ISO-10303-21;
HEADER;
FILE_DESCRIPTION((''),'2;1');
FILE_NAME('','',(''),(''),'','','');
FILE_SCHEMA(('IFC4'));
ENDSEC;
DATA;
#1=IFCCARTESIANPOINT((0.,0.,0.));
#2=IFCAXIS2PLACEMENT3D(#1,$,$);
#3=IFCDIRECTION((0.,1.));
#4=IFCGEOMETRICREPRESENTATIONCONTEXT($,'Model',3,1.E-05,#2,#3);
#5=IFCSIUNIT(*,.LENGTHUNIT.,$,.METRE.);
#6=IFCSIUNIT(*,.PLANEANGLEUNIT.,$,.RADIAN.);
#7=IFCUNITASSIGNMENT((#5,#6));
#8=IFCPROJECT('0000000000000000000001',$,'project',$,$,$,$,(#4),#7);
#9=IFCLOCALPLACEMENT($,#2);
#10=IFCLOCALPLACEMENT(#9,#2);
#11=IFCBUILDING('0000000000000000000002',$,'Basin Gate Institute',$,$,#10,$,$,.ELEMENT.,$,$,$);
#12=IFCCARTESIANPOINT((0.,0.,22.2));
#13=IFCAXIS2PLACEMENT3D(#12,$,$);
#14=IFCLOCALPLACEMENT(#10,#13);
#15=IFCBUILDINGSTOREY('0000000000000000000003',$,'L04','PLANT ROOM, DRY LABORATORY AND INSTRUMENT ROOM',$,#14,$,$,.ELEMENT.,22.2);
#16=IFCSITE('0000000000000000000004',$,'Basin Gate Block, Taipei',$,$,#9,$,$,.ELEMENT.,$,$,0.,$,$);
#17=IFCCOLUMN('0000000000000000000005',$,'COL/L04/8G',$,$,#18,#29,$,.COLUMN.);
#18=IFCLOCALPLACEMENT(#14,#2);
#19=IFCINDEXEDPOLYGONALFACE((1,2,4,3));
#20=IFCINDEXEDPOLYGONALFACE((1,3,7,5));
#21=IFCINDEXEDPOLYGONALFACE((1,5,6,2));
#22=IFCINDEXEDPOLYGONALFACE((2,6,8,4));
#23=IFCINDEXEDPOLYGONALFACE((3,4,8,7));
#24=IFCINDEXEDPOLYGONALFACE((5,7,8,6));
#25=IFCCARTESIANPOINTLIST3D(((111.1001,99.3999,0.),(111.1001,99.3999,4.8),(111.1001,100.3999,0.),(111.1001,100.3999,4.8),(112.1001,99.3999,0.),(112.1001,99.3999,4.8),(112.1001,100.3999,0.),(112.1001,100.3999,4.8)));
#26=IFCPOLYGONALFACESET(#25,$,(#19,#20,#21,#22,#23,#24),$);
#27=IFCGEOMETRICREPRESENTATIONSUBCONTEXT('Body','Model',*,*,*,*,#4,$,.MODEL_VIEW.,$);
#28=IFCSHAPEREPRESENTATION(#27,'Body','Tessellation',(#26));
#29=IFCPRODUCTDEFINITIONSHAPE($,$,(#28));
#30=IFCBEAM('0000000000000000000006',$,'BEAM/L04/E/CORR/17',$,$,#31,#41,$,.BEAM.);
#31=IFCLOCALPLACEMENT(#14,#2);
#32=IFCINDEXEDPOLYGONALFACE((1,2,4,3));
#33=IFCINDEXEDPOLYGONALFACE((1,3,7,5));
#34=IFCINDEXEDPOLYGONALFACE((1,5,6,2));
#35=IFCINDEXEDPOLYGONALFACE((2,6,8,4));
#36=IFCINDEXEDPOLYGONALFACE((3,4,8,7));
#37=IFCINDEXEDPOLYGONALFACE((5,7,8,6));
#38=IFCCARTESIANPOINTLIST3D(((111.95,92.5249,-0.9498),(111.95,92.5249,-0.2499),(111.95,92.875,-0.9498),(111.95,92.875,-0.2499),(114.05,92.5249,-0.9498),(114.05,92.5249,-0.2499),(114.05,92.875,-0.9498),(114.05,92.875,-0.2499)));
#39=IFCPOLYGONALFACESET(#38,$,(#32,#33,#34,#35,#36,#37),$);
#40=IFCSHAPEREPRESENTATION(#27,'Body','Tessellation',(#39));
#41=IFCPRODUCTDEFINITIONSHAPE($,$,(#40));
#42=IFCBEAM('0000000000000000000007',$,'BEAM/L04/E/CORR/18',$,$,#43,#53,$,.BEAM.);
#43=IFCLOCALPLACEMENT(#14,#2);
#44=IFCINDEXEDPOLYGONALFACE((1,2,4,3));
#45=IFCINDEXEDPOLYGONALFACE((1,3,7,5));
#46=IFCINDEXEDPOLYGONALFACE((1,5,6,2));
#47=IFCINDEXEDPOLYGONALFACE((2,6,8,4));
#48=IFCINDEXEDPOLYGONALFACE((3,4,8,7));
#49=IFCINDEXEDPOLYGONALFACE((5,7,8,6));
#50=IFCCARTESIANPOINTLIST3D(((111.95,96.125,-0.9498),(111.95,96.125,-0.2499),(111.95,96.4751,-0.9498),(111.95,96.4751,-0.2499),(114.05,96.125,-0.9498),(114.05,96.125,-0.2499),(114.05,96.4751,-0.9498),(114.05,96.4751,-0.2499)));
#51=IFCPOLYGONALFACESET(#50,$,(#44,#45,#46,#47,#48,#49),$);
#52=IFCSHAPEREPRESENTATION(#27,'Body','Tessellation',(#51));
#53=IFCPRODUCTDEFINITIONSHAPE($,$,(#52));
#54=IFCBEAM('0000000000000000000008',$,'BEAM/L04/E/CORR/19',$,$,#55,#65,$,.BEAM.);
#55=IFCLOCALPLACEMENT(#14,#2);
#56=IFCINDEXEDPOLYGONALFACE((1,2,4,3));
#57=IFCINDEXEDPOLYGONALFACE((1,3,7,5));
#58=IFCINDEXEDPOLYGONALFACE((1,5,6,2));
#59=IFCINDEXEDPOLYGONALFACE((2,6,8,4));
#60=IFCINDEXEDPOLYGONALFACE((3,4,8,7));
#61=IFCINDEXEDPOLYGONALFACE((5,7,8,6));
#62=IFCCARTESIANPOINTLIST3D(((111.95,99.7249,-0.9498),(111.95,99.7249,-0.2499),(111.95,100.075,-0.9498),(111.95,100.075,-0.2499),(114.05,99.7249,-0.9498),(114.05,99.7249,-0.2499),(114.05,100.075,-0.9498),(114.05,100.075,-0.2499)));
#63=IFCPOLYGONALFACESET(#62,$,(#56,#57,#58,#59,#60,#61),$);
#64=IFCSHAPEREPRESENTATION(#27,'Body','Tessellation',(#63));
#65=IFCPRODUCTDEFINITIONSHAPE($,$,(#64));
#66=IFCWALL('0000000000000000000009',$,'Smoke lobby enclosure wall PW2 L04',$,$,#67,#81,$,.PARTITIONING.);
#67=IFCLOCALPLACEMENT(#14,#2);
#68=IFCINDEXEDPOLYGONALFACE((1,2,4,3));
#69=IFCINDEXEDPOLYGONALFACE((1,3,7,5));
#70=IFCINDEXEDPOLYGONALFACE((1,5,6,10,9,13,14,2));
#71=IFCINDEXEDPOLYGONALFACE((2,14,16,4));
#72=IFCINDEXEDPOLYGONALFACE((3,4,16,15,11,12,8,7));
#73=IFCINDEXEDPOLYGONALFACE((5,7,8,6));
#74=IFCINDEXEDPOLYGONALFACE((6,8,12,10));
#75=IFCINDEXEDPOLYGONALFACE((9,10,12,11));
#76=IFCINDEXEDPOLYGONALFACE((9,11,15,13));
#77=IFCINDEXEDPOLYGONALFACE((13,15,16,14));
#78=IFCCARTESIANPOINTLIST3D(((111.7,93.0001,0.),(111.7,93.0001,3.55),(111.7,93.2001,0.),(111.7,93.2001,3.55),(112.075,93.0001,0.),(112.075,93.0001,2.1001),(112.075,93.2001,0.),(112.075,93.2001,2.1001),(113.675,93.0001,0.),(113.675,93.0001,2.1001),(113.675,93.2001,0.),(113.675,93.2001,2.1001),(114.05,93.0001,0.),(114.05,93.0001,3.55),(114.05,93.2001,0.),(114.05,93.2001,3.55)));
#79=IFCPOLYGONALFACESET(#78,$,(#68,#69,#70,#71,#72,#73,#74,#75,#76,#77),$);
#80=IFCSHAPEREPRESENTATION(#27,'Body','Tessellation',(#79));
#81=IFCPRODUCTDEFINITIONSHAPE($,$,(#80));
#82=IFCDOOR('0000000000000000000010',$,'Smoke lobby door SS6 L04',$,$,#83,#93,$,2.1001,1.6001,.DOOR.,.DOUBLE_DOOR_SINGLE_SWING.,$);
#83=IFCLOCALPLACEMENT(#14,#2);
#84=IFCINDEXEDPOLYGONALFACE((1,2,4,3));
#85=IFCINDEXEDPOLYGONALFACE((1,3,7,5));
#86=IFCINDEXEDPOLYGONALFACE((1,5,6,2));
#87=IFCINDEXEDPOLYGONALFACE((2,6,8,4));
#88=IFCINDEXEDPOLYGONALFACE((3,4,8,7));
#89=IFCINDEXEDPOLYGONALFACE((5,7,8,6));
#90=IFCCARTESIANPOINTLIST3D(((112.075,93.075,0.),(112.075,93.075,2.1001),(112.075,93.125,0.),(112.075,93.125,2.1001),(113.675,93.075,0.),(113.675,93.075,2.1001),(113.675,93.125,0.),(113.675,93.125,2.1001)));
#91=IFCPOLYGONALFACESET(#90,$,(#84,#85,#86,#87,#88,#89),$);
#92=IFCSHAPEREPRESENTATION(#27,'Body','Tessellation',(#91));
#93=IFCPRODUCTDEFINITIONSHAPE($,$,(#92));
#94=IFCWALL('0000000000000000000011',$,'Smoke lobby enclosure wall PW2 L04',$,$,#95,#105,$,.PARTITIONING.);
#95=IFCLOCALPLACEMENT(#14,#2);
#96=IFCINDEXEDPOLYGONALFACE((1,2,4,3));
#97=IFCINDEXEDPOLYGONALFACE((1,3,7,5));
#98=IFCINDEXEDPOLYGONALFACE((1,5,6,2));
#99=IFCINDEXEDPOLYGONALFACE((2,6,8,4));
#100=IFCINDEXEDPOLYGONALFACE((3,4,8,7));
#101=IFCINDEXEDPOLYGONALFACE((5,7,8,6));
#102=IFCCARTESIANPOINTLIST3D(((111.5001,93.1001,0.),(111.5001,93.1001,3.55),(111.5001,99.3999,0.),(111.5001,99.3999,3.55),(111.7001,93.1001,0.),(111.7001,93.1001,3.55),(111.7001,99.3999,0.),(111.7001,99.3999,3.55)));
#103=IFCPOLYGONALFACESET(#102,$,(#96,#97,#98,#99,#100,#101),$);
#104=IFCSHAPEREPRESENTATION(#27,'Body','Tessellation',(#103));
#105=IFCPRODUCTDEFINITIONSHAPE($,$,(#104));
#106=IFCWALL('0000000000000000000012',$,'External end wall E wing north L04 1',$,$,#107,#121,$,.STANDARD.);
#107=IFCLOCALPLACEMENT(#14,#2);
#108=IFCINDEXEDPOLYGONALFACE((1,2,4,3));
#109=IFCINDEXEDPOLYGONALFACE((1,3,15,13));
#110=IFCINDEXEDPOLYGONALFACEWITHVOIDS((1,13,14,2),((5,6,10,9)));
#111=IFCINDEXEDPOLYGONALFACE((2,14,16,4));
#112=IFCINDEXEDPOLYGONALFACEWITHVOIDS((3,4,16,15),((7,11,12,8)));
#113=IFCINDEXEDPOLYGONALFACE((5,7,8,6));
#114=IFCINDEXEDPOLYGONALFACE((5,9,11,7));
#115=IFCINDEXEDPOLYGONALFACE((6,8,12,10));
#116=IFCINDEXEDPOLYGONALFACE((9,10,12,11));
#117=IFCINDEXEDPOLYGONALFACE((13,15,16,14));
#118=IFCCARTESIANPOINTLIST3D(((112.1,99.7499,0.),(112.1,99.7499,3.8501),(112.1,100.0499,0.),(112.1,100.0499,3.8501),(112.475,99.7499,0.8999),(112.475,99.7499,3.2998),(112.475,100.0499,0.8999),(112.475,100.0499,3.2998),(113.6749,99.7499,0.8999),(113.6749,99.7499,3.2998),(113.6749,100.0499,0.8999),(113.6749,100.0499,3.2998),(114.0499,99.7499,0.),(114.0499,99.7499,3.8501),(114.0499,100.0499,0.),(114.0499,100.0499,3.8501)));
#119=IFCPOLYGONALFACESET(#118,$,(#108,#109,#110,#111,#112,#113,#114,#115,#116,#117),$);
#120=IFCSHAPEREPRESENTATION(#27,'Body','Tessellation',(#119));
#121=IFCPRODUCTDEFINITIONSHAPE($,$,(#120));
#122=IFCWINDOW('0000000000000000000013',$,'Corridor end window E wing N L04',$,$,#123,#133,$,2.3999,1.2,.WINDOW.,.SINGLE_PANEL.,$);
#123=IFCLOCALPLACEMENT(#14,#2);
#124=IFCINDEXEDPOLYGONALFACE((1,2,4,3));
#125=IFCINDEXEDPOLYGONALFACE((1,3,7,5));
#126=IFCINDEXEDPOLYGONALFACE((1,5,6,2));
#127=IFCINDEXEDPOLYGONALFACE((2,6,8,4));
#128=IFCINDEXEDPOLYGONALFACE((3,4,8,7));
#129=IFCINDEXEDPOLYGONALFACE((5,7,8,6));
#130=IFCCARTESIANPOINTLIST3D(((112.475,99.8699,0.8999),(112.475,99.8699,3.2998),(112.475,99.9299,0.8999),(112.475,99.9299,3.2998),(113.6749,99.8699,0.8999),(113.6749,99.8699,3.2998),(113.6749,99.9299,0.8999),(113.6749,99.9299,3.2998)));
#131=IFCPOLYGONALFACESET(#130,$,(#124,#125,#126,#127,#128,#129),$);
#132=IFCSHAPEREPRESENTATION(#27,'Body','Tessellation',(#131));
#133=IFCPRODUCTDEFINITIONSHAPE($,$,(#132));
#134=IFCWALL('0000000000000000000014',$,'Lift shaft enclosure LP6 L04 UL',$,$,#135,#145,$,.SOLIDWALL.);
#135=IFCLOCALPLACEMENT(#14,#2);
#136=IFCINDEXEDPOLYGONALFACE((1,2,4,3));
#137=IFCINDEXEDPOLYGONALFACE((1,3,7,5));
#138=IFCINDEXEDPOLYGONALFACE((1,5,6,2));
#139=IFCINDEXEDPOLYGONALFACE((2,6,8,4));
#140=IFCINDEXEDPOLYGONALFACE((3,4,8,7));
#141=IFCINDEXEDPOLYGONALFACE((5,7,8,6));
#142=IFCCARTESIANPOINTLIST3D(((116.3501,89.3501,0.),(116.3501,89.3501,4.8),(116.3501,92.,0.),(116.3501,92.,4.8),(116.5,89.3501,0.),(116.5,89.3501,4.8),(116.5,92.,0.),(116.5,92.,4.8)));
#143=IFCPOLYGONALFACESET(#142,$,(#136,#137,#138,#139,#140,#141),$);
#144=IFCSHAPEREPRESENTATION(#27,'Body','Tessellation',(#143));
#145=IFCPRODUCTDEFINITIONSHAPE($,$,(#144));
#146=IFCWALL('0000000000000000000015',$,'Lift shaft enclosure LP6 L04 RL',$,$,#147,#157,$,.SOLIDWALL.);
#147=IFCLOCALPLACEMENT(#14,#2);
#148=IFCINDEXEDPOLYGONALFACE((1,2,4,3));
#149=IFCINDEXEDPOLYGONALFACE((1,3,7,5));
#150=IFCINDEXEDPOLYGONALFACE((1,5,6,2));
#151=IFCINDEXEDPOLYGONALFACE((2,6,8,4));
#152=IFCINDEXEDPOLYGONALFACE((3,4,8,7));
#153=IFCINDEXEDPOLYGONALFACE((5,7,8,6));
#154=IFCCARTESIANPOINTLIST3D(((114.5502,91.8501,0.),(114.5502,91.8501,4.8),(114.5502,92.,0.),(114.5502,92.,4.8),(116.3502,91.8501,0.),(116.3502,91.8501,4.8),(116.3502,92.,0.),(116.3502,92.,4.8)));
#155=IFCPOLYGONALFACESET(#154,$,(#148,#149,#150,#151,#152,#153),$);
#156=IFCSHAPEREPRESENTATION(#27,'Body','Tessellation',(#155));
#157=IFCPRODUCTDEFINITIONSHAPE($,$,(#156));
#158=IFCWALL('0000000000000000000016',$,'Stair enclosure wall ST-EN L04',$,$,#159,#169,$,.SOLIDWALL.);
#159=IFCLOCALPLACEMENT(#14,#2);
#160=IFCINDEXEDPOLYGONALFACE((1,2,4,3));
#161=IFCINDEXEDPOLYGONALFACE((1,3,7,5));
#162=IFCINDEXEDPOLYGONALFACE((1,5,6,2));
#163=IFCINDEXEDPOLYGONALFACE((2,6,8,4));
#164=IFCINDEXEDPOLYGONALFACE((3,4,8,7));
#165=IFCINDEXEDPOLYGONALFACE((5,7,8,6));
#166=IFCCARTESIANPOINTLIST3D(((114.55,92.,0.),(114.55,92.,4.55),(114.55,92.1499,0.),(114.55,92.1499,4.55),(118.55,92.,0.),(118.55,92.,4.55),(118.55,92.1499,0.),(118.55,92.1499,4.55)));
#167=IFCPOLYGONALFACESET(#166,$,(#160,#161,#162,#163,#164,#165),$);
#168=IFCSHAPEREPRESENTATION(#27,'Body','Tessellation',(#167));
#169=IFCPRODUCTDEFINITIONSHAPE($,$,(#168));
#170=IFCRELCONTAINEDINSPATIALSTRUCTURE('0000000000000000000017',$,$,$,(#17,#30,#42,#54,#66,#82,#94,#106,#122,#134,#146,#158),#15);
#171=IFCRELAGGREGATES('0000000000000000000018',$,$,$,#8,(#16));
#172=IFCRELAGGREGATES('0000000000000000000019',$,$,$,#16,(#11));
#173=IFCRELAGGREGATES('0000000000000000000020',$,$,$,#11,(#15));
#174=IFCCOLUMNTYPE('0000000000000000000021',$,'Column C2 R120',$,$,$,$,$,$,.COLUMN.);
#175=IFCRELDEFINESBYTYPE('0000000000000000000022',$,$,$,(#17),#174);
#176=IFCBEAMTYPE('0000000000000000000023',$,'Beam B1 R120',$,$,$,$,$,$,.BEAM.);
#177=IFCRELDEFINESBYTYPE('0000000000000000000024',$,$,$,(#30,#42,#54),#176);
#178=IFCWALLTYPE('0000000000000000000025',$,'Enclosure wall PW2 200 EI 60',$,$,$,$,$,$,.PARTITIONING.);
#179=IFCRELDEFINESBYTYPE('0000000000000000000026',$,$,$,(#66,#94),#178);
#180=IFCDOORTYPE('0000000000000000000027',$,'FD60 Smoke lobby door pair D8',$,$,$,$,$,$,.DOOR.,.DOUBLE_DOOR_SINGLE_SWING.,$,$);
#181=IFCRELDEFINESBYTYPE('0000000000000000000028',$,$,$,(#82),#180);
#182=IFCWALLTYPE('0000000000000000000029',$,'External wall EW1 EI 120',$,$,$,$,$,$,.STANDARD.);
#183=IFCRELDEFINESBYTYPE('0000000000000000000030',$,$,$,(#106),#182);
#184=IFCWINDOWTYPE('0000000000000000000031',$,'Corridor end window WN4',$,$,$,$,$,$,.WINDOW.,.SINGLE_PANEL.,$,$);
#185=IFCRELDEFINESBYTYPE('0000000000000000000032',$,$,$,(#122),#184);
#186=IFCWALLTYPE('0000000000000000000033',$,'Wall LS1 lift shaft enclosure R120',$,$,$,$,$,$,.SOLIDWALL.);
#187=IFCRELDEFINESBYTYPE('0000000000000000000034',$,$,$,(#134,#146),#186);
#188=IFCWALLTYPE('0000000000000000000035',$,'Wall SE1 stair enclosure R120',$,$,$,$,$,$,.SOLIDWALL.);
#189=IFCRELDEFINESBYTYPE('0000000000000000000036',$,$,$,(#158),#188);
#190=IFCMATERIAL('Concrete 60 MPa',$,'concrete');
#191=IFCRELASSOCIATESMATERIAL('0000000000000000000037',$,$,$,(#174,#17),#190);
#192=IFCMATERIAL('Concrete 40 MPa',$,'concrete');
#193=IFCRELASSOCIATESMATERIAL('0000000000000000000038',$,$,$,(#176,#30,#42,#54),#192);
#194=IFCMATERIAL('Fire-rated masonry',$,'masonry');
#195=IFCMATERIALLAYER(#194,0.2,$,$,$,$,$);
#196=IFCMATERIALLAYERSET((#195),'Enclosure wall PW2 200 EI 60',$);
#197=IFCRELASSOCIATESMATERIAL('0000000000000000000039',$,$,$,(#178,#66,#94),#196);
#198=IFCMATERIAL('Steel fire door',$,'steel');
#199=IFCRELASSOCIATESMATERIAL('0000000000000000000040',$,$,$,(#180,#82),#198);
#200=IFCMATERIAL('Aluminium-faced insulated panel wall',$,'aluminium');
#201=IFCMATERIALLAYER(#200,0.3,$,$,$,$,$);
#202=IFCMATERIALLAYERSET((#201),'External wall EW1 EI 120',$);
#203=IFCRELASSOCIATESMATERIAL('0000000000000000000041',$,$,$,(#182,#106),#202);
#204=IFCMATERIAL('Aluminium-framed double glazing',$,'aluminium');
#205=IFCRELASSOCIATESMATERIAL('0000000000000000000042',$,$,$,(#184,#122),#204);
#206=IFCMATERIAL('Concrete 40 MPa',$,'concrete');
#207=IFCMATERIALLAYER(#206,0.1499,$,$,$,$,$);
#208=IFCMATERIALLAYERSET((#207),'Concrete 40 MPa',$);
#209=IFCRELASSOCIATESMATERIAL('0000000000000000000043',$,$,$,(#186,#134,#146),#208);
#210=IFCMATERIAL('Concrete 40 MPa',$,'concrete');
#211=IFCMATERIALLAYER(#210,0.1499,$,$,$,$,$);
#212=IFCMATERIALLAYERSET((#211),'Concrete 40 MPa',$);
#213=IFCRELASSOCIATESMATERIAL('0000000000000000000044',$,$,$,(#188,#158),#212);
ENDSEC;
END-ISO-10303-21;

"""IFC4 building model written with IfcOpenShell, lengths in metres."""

from ifc_helpers import new_model, si_unit, direction, frame, frame_2d, origin, origin_2d, place, context, subcontext, project, spatial, rectangle, extrude, material, layer, layer_set, material_profile, profile_set, type_object, element, fill, save


model = new_model("IFC4")

# Units and contexts
model_context = context("Model", 3, precision=1e-05, world=origin(), true_north=direction((0.0, 1.0)))
body_context = subcontext(model_context, "Body", "Model", "MODEL_VIEW")
ifc_project = project(units=[si_unit("LENGTHUNIT", "METRE"), si_unit("PLANEANGLEUNIT", "RADIAN")], contexts=[model_context])

# Site, building, storey
site_placement = place(None, origin())
site = spatial("IfcSite", under=ifc_project, at=site_placement, Name="Basin Gate Block, Taipei", CompositionType="ELEMENT", RefElevation=0.0)
building_placement = place(site_placement, origin())
building = spatial("IfcBuilding", under=site, at=building_placement, Name="Basin Gate Institute", CompositionType="ELEMENT")
storey_placement = place(building_placement, frame((0.0, 0.0, 22.2)))
storey = spatial("IfcBuildingStorey", under=building, at=storey_placement, Name="L04", Description="PLANT ROOM, DRY LABORATORY AND INSTRUMENT ROOM", CompositionType="ELEMENT", Elevation=22.2)

# Column
ifc_material_1 = material(Name="Concrete 60 MPa", Category="concrete")
ifc_material_profile_1 = material_profile(ifc_material_1, rectangle(XDim=1.0, YDim=1.0, at=origin_2d()), Name="Column C2 1000 x 1000")
ifc_profile_set_1 = profile_set([ifc_material_profile_1], Name="Concrete 60 MPa")
column_type = type_object("IfcColumnType", Name="Column C2 R120", PredefinedType="COLUMN", material=ifc_profile_set_1)
column_placement = place(storey_placement, frame((111.6001, 99.8999, 0.0), z_axis=(0.0, 0.0, 1.0), x_axis=(1.0, 0.0, 0.0)))
element("IfcColumn", 1, at=column_placement, inside=storey, type_object=column_type, material=ifc_profile_set_1, Name="COL/L04/8G", PredefinedType="COLUMN", context=body_context, shape_type="SweptSolid", body=[
    extrude(rectangle(XDim=1.0, YDim=1.0, at=origin_2d()), origin(), (0.0, 0.0, 1.0), 4.8),
])

# Beams
ifc_material_2 = material(Name="Concrete 40 MPa", Category="concrete")
ifc_material_profile_2 = material_profile(ifc_material_2, rectangle(XDim=0.3501, YDim=0.7, at=origin_2d()), Name="Beam B1 350 x 700")
ifc_profile_set_2 = profile_set([ifc_material_profile_2], Name="Concrete 40 MPa")
beam_type = type_object("IfcBeamType", Name="Beam B1 R120", PredefinedType="BEAM", material=ifc_profile_set_2)
for number, where, z_axis, x_axis, name in (
    (2, (114.05, 92.7, -0.5999), (-1.0, 0.0, 0.0), (0.0, -1.0, 0.0), "BEAM/L04/E/CORR/17"),
    (3, (114.05, 96.3, -0.5999), (-1.0, 0.0, 0.0), (0.0, -1.0, 0.0), "BEAM/L04/E/CORR/18"),
    (4, (114.05, 99.8999, -0.5999), (-1.0, 0.0, 0.0), (0.0, -1.0, 0.0), "BEAM/L04/E/CORR/19"),
):
    element("IfcBeam", number, at=place(storey_placement, frame(where, z_axis=z_axis, x_axis=x_axis)), inside=storey, type_object=beam_type, material=ifc_profile_set_2, Name=name, PredefinedType="BEAM", context=body_context, shape_type="SweptSolid", body=[
        extrude(rectangle(XDim=0.3501, YDim=0.7, at=origin_2d()), origin(), (0.0, 0.0, 1.0), 2.1001),
    ])

# Wall, opening, door
ifc_material_3 = material(Name="Fire-rated masonry", Category="masonry")
ifc_layer_1 = layer(ifc_material_3, 0.2)
ifc_layer_set_1 = layer_set([ifc_layer_1], Name="Enclosure wall PW2 200 EI 60")
wall_type_1 = type_object("IfcWallType", Name="Enclosure wall PW2 200 EI 60", PredefinedType="PARTITIONING", material=ifc_layer_set_1)
wall_1_placement = place(storey_placement, frame((114.05, 93.1001, 0.0), z_axis=(0.0, 0.0, 1.0), x_axis=(-1.0, 0.0, 0.0)))
wall_1 = element("IfcWall", 5, at=wall_1_placement, inside=storey, type_object=wall_type_1, material=ifc_layer_set_1, Name="Smoke lobby enclosure wall PW2 L04", PredefinedType="PARTITIONING", context=body_context, shape_type="SweptSolid", body=[
    extrude(rectangle(XDim=2.3501, YDim=0.2, at=frame_2d((1.175, 0.0))), origin(), (0.0, 0.0, 1.0), 3.55),
])
opening_1_placement = place(wall_1_placement, frame((0.375, 0.0, 0.0)))
opening_1 = element("IfcOpeningElement", 6, at=opening_1_placement, cuts=wall_1, PredefinedType="OPENING", context=body_context, shape_type="SweptSolid", body=[
    extrude(rectangle(XDim=1.6001, YDim=2.1001, at=frame_2d((0.8, 1.05))), frame((0.0, 0.1099, 0.0), z_axis=(0.0, -1.0, 0.0), x_axis=(1.0, 0.0, 0.0)), (0.0, 0.0, 1.0), 0.22),
])
ifc_material_4 = material(Name="Steel fire door", Category="steel")
door_type = type_object("IfcDoorType", Name="FD60 Smoke lobby door pair D8", OperationType="DOUBLE_DOOR_SINGLE_SWING", PredefinedType="DOOR", material=ifc_material_4)
door_placement = place(opening_1_placement, frame((1.6001, 0.0, 0.0), z_axis=(0.0, 0.0, 1.0), x_axis=(-1.0, 0.0, 0.0)))
door = element("IfcDoor", 7, at=door_placement, inside=storey, type_object=door_type, material=ifc_material_4, Name="Smoke lobby door SS6 L04", OperationType="DOUBLE_DOOR_SINGLE_SWING", OverallHeight=2.1001, OverallWidth=1.6001, PredefinedType="DOOR", context=body_context, shape_type="SweptSolid", body=[
    extrude(rectangle(XDim=1.6001, YDim=2.1001, at=frame_2d((0.8, 1.05))), frame((0.0, 0.0249, 0.0), z_axis=(0.0, -1.0, 0.0), x_axis=(1.0, 0.0, 0.0)), (0.0, 0.0, 1.0), 0.05),
])
fill(opening_1, door)

# Wall
wall_2_placement = place(storey_placement, frame((111.6001, 93.1001, 0.0), z_axis=(0.0, 0.0, 1.0), x_axis=(0.0, 1.0, 0.0)))
element("IfcWall", 8, at=wall_2_placement, inside=storey, type_object=wall_type_1, material=ifc_layer_set_1, Name="Smoke lobby enclosure wall PW2 L04", PredefinedType="PARTITIONING", context=body_context, shape_type="SweptSolid", body=[
    extrude(rectangle(XDim=6.2998, YDim=0.2, at=frame_2d((3.1499, 0.0))), origin(), (0.0, 0.0, 1.0), 3.55),
])

# Wall, opening, window
ifc_material_5 = material(Name="Aluminium-faced insulated panel wall", Category="aluminium")
ifc_layer_2 = layer(ifc_material_5, 0.3)
ifc_layer_set_2 = layer_set([ifc_layer_2], Name="External wall EW1 EI 120")
wall_type_2 = type_object("IfcWallType", Name="External wall EW1 EI 120", PredefinedType="STANDARD", material=ifc_layer_set_2)
wall_3_placement = place(storey_placement, frame((114.05, 99.8999, 0.0), z_axis=(0.0, 0.0, 1.0), x_axis=(-1.0, 0.0, 0.0)))
wall_3 = element("IfcWall", 9, at=wall_3_placement, inside=storey, type_object=wall_type_2, material=ifc_layer_set_2, Name="External end wall E wing north L04 1", PredefinedType="STANDARD", context=body_context, shape_type="SweptSolid", body=[
    extrude(rectangle(XDim=1.95, YDim=0.3, at=frame_2d((0.9751, 0.0))), origin(), (0.0, 0.0, 1.0), 3.8501),
])
opening_2_placement = place(wall_3_placement, frame((0.375, 0.0, 0.8999)))
opening_2 = element("IfcOpeningElement", 10, at=opening_2_placement, cuts=wall_3, PredefinedType="OPENING", context=body_context, shape_type="SweptSolid", body=[
    extrude(rectangle(XDim=1.2, YDim=2.3999, at=frame_2d((0.6001, 1.2))), frame((0.0, 0.1602, 0.0), z_axis=(0.0, -1.0, 0.0), x_axis=(1.0, 0.0, 0.0)), (0.0, 0.0, 1.0), 0.3201),
])
ifc_material_6 = material(Name="Aluminium-framed double glazing", Category="aluminium")
window_type_1 = type_object("IfcWindowType", Name="Corridor end window WN4", PartitioningType="SINGLE_PANEL", PredefinedType="WINDOW", material=ifc_material_6)
window_1_placement = place(opening_2_placement, origin())
window_1 = element("IfcWindow", 11, at=window_1_placement, inside=storey, type_object=window_type_1, material=ifc_material_6, Name="Corridor end window E wing N L04", OverallHeight=2.3999, OverallWidth=1.2, PartitioningType="SINGLE_PANEL", PredefinedType="WINDOW", context=body_context, shape_type="SweptSolid", body=[
    extrude(rectangle(XDim=1.2, YDim=2.3999, at=frame_2d((0.6001, 1.2))), frame((0.0, 0.03, 0.0), z_axis=(0.0, -1.0, 0.0), x_axis=(1.0, 0.0, 0.0)), (0.0, 0.0, 1.0), 0.0601),
])
fill(opening_2, window_1)

# Walls
ifc_material_7 = material(Name="Concrete 40 MPa", Category="concrete")
ifc_layer_3 = layer(ifc_material_7, 0.1499)
ifc_layer_set_3 = layer_set([ifc_layer_3], Name="Concrete 40 MPa")
wall_type_3 = type_object("IfcWallType", Name="Wall LS1 lift shaft enclosure R120", PredefinedType="SOLIDWALL", material=ifc_layer_set_3)
wall_4_placement = place(storey_placement, frame((116.425, 92.0, 0.0), z_axis=(0.0, 0.0, 1.0), x_axis=(0.0, -1.0, 0.0)))
element("IfcWall", 12, at=wall_4_placement, inside=storey, type_object=wall_type_3, material=ifc_layer_set_3, Name="Lift shaft enclosure LP6 L04 UL", PredefinedType="SOLIDWALL", context=body_context, shape_type="SweptSolid", body=[
    extrude(rectangle(XDim=2.6499, YDim=0.1499, at=frame_2d((1.325, 0.0))), origin(), (0.0, 0.0, 1.0), 4.8),
])
wall_5_placement = place(storey_placement, frame((116.3501, 91.925, 0.0), z_axis=(0.0, 0.0, 1.0), x_axis=(-1.0, 0.0, 0.0)))
element("IfcWall", 13, at=wall_5_placement, inside=storey, type_object=wall_type_3, material=ifc_layer_set_3, Name="Lift shaft enclosure LP6 L04 RL", PredefinedType="SOLIDWALL", context=body_context, shape_type="SweptSolid", body=[
    extrude(rectangle(XDim=1.8, YDim=0.1499, at=frame_2d((0.8999, 0.0))), origin(), (0.0, 0.0, 1.0), 4.8),
])
ifc_material_8 = material(Name="Concrete 40 MPa", Category="concrete")
ifc_layer_4 = layer(ifc_material_8, 0.1499)
ifc_layer_set_4 = layer_set([ifc_layer_4], Name="Concrete 40 MPa")
wall_type_4 = type_object("IfcWallType", Name="Wall SE1 stair enclosure R120", PredefinedType="SOLIDWALL", material=ifc_layer_set_4)
wall_6_placement = place(storey_placement, frame((118.55, 92.075, 0.0), z_axis=(0.0, 0.0, 1.0), x_axis=(-1.0, 0.0, 0.0)))
element("IfcWall", 14, at=wall_6_placement, inside=storey, type_object=wall_type_4, material=ifc_layer_set_4, Name="Stair enclosure wall ST-EN L04", PredefinedType="SOLIDWALL", context=body_context, shape_type="SweptSolid", body=[
    extrude(rectangle(XDim=4.0, YDim=0.1499, at=frame_2d((2.0, 0.0))), origin(), (0.0, 0.0, 1.0), 4.55),
])

save(model, "model.ifc")
